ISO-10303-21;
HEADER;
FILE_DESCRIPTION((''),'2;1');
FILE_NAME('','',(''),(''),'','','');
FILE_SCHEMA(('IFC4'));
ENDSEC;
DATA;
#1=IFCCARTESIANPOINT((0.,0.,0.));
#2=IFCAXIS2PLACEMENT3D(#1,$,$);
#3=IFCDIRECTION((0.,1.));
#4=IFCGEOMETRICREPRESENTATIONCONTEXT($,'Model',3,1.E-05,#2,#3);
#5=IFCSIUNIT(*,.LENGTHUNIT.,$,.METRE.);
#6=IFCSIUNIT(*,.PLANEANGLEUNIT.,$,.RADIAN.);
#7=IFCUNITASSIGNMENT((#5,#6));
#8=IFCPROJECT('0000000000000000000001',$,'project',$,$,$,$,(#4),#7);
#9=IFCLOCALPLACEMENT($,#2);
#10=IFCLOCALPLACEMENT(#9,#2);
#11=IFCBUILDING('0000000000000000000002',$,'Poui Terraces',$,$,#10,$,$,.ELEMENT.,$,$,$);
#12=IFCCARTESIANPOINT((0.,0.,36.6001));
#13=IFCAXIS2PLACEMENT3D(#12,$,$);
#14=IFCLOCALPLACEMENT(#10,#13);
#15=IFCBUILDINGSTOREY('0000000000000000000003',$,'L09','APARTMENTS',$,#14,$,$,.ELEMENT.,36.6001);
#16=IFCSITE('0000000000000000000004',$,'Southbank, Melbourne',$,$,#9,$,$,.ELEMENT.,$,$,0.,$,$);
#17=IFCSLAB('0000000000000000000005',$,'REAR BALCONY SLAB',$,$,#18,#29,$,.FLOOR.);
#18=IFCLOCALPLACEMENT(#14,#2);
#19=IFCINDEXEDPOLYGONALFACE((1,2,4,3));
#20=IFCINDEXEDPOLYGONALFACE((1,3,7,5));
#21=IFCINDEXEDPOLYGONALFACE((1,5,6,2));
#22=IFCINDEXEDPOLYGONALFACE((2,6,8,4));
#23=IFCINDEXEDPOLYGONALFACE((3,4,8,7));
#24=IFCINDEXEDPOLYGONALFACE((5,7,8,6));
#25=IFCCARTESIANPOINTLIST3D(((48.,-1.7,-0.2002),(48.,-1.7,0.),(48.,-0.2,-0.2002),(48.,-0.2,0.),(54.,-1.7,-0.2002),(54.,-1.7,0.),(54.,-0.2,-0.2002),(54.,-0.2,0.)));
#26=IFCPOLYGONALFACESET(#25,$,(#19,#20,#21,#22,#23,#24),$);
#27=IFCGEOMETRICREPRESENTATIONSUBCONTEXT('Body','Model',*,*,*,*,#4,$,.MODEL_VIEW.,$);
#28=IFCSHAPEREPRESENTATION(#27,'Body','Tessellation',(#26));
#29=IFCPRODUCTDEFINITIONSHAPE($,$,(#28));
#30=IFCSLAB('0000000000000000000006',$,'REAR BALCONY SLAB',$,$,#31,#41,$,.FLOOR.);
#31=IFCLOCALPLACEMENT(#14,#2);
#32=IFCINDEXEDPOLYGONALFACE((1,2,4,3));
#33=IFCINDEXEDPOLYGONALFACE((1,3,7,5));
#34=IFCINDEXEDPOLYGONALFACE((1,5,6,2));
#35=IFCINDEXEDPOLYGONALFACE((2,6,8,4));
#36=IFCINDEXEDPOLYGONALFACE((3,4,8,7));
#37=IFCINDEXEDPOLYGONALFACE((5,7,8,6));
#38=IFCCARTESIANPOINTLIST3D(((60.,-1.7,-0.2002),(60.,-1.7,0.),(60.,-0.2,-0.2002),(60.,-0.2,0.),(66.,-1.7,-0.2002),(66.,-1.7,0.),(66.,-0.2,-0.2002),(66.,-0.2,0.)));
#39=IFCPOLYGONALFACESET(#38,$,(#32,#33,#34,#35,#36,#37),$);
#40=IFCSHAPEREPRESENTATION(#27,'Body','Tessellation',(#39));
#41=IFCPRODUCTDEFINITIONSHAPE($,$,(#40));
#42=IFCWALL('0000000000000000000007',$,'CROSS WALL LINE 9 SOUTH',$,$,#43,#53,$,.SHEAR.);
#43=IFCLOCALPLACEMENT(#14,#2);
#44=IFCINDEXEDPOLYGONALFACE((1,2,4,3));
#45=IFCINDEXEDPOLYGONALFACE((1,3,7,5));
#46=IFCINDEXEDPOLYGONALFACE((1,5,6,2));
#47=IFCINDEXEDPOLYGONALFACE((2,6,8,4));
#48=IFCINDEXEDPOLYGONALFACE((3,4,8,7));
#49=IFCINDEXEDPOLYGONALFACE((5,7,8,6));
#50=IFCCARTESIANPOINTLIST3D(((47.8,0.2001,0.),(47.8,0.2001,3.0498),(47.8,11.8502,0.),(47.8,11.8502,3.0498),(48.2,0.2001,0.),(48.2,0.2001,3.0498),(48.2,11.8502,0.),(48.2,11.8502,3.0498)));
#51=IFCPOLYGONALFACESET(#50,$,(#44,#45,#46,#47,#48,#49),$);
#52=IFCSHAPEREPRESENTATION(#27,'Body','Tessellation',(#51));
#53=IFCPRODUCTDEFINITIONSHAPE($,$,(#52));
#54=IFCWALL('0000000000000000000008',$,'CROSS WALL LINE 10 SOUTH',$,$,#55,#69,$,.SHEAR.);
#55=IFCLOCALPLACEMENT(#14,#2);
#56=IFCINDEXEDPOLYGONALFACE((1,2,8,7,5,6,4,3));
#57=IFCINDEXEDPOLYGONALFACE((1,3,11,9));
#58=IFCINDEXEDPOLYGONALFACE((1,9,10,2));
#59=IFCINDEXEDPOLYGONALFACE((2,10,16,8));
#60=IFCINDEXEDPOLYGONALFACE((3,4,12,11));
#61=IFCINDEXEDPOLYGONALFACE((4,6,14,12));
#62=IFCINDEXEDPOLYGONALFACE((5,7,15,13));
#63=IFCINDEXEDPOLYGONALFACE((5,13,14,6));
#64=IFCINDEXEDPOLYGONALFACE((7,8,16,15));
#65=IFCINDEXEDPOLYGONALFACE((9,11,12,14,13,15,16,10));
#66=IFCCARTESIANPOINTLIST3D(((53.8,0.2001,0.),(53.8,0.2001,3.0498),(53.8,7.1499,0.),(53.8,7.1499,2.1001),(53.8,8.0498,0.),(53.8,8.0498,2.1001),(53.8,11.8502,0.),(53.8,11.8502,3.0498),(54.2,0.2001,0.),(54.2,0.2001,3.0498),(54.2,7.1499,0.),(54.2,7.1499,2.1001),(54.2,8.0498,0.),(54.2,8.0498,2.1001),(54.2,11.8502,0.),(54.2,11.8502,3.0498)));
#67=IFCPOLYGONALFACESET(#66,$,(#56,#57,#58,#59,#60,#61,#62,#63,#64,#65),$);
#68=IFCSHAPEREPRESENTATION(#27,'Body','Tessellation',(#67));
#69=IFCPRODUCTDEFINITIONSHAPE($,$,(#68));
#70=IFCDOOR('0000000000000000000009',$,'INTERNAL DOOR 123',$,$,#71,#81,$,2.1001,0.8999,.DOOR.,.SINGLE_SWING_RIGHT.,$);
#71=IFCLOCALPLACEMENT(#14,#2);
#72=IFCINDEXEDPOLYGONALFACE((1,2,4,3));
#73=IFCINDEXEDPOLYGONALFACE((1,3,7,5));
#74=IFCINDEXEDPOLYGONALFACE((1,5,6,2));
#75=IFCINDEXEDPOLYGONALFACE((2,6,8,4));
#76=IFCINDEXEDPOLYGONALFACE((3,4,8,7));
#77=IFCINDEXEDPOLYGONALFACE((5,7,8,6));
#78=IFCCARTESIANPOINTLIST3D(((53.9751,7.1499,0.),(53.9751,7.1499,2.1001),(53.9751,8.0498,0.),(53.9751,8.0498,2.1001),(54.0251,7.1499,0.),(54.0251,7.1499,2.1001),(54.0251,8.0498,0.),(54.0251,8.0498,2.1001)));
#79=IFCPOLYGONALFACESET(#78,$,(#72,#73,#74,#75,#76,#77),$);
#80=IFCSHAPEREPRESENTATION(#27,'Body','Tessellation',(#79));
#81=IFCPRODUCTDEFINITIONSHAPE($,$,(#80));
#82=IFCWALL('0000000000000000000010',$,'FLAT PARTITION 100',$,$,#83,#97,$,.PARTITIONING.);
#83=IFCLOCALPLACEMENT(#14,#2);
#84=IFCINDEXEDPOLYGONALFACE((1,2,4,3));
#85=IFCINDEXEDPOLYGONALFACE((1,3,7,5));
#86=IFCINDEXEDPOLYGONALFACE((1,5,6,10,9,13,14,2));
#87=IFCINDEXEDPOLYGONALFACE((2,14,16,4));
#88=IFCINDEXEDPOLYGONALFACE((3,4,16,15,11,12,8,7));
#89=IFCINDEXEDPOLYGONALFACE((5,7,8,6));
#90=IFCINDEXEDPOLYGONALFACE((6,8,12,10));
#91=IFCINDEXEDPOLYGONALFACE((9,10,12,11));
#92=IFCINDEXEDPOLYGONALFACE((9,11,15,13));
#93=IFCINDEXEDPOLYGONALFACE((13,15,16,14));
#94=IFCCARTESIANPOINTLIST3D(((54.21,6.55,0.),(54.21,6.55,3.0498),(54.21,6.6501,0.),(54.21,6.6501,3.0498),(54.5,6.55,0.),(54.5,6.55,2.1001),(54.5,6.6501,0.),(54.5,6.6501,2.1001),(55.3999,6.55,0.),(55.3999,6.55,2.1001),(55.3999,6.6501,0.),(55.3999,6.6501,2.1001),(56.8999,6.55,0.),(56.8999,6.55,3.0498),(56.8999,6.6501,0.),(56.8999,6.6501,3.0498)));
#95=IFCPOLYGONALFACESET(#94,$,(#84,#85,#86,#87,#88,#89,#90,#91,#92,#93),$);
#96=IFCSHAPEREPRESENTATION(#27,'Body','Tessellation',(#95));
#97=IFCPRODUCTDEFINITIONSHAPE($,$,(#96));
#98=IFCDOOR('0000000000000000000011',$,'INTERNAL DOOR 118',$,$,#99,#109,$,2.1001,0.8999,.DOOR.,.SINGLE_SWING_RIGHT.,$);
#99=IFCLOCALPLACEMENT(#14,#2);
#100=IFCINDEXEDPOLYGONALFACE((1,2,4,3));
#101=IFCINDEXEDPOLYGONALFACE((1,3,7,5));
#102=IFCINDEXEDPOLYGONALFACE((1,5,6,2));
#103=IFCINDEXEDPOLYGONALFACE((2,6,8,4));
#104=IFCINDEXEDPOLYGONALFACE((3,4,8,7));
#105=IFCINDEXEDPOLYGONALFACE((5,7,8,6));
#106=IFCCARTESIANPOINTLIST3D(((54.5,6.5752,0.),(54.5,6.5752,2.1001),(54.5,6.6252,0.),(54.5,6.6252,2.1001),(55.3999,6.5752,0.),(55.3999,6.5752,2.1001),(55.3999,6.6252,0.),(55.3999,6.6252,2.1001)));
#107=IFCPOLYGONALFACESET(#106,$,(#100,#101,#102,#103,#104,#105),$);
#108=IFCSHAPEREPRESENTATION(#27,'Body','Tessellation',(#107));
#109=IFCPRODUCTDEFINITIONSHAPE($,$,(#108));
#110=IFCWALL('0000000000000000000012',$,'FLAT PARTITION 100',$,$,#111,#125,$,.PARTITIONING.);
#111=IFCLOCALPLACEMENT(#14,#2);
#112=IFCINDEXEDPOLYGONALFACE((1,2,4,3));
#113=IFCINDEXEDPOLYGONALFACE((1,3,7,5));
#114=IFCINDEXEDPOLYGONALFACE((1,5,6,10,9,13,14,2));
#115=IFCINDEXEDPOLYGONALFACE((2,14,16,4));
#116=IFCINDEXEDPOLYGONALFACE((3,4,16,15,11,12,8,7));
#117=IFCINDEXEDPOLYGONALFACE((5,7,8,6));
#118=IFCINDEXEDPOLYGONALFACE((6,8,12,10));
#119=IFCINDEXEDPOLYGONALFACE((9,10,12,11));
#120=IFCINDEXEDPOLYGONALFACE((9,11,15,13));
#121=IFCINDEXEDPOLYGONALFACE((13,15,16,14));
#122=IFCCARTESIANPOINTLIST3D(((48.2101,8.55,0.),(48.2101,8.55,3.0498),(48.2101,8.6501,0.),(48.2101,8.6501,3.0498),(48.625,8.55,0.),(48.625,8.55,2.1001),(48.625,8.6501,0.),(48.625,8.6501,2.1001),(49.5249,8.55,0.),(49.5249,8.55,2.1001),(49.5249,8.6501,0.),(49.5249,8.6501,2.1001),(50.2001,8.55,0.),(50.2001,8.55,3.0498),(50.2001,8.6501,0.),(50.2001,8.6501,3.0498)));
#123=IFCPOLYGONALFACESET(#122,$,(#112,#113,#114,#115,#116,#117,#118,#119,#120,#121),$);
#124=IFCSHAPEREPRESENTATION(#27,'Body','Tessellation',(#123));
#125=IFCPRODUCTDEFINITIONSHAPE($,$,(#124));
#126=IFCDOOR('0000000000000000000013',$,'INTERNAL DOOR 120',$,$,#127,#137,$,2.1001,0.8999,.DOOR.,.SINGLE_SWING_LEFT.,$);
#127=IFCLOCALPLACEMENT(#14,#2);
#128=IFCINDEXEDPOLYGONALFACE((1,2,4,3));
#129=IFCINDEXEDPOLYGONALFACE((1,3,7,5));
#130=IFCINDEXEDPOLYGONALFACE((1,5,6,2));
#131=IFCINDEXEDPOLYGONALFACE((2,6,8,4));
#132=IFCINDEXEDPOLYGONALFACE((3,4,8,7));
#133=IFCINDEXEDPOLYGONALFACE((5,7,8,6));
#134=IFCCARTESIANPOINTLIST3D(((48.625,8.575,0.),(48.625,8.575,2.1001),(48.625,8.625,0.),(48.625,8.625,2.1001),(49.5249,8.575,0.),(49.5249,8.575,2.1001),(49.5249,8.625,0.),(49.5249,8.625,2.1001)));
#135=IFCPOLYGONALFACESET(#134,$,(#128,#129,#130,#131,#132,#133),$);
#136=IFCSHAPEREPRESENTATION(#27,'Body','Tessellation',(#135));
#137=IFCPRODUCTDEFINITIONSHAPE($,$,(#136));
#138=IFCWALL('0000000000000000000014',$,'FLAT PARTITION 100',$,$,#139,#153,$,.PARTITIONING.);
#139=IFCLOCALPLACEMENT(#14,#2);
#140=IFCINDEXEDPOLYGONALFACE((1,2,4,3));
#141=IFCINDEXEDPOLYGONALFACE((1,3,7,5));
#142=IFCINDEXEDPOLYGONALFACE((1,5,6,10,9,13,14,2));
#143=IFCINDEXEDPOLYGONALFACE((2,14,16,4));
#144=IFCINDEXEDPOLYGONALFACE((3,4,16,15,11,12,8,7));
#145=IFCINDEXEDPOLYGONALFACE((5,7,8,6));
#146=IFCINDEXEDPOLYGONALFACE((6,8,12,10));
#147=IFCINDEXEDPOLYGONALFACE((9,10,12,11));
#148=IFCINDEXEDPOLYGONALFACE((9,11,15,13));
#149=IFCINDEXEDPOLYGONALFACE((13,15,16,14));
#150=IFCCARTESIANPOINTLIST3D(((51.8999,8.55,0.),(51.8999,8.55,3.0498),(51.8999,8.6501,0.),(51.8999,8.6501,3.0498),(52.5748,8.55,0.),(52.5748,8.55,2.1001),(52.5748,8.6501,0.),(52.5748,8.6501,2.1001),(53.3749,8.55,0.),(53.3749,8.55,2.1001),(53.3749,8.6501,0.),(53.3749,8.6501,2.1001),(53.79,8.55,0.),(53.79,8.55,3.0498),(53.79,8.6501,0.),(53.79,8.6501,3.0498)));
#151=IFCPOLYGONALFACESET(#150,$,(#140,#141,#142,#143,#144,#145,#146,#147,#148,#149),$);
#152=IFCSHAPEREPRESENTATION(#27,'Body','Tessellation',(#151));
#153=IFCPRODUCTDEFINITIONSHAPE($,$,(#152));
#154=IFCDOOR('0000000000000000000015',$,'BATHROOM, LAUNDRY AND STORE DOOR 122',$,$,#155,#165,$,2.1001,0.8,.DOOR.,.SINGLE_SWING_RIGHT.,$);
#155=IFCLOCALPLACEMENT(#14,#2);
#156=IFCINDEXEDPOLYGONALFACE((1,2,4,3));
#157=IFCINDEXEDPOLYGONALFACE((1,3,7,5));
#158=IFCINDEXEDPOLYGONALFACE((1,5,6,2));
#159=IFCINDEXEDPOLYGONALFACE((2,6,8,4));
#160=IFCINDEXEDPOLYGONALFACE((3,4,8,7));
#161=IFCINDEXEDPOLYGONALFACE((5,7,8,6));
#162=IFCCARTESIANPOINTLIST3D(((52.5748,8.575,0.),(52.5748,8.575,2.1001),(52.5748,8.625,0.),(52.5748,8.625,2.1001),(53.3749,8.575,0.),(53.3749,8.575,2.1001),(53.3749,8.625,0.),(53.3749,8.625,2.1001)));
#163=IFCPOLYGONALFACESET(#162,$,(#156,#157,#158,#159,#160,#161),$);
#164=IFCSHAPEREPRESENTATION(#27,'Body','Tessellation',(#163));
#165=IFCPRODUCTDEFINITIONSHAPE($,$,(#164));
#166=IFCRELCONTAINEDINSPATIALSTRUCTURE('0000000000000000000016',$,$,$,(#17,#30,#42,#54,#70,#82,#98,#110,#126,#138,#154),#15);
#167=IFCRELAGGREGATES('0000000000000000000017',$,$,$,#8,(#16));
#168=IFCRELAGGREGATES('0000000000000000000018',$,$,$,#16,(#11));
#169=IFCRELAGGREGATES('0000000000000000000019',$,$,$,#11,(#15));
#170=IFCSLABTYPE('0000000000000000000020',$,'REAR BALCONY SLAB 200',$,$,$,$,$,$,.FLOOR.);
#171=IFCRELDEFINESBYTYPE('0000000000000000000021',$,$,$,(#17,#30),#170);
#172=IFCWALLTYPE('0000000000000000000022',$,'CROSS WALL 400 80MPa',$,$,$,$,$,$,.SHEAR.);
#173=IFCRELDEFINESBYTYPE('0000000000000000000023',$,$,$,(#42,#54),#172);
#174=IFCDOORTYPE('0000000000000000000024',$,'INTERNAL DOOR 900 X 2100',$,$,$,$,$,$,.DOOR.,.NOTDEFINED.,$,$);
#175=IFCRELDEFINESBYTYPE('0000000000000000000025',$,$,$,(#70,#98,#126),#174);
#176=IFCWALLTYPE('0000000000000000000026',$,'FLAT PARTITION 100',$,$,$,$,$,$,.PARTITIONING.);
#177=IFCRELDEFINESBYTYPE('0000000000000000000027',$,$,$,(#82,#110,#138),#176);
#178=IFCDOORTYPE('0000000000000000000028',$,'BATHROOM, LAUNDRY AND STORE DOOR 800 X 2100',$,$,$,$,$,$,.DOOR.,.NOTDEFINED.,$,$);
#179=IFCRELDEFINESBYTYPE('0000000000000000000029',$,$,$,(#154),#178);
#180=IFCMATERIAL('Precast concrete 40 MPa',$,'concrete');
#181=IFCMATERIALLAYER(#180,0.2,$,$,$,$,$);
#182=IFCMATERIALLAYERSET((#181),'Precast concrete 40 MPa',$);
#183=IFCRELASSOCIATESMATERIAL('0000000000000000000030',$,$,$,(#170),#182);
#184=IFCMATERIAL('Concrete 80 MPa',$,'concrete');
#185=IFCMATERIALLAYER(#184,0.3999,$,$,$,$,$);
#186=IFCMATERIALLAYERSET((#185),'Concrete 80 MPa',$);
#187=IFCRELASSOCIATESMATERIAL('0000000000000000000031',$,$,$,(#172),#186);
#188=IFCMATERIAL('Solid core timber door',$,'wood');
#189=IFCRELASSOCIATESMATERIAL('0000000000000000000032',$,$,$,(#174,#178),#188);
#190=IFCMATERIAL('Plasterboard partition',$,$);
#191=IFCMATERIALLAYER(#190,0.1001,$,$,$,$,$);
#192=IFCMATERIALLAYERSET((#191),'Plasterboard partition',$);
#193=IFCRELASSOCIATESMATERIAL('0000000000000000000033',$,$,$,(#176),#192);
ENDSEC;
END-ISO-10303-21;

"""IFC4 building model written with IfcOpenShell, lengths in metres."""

from ifc_helpers import new_model, si_unit, direction, frame, frame_2d, origin, place, context, subcontext, project, spatial, polyline, rectangle, outline, extrude, source, transform, mapped, material, layer, layer_set, type_object, element, fill, save


model = new_model("IFC4")

# Units and contexts
model_context = context("Model", 3, precision=1e-05, world=origin(), true_north=direction((0.0, 1.0)))
body_context = subcontext(model_context, "Body", "Model", "MODEL_VIEW")
ifc_project = project(units=[si_unit("LENGTHUNIT", "METRE"), si_unit("PLANEANGLEUNIT", "RADIAN")], contexts=[model_context])

# Site, building, storey
site_placement = place(None, origin())
site = spatial("IfcSite", under=ifc_project, at=site_placement, Name="Southbank, Melbourne", CompositionType="ELEMENT", RefElevation=0.0)
building_placement = place(site_placement, origin())
building = spatial("IfcBuilding", under=site, at=building_placement, Name="Poui Terraces", CompositionType="ELEMENT")
storey_placement = place(building_placement, frame((0.0, 0.0, 36.6001)))
storey = spatial("IfcBuildingStorey", under=building, at=storey_placement, Name="L09", Description="APARTMENTS", CompositionType="ELEMENT", Elevation=36.6001)

# Slabs
ifc_material_1 = material(Name="Precast concrete 40 MPa", Category="concrete")
ifc_layer_1 = layer(ifc_material_1, 0.2)
ifc_layer_set_1 = layer_set([ifc_layer_1], Name="Precast concrete 40 MPa")
slab_type = type_object("IfcSlabType", Name="REAR BALCONY SLAB 200", PredefinedType="FLOOR", material=ifc_layer_set_1)
shared_shape_1 = source(origin(), body_context, "Body", "SweptSolid", [
    extrude(outline(polyline([(0.0, 0.0), (6.0, 0.0), (6.0, 1.5), (0.0, 1.5), (0.0, 0.0)])), origin(), (0.0, 0.0, 1.0), 0.2002),
])
for number, where, name in (
    (1, (48.0, -1.7, -0.2002), "REAR BALCONY SLAB"),
    (2, (60.0, -1.7, -0.2002), "REAR BALCONY SLAB"),
):
    element("IfcSlab", number, at=place(storey_placement, frame(where)), inside=storey, type_object=slab_type, Name=name, PredefinedType="FLOOR", context=body_context, shape_type="MappedRepresentation", body=[
        mapped(shared_shape_1, transform((0.0, 0.0, 0.0))),
    ])

# Wall
ifc_material_2 = material(Name="Concrete 80 MPa", Category="concrete")
ifc_layer_2 = layer(ifc_material_2, 0.3999)
ifc_layer_set_2 = layer_set([ifc_layer_2], Name="Concrete 80 MPa")
wall_type_1 = type_object("IfcWallType", Name="CROSS WALL 400 80MPa", PredefinedType="SHEAR", material=ifc_layer_set_2)
wall_1_placement = place(storey_placement, frame((48.0, 0.2, 0.0), z_axis=(0.0, 0.0, 1.0), x_axis=(0.0, 1.0, 0.0)))
element("IfcWall", 3, at=wall_1_placement, inside=storey, type_object=wall_type_1, Name="CROSS WALL LINE 9 SOUTH", PredefinedType="SHEAR", context=body_context, shape_type="SweptSolid", body=[
    extrude(rectangle(XDim=11.6501, YDim=0.3999, at=frame_2d((5.8252, 0.0))), origin(), (0.0, 0.0, 1.0), 3.0498),
])

# Walls, openings, doors
wall_2_placement = place(storey_placement, frame((54.0, 0.2, 0.0), z_axis=(0.0, 0.0, 1.0), x_axis=(0.0, 1.0, 0.0)))
wall_2 = element("IfcWall", 4, at=wall_2_placement, inside=storey, type_object=wall_type_1, Name="CROSS WALL LINE 10 SOUTH", PredefinedType="SHEAR", context=body_context, shape_type="SweptSolid", body=[
    extrude(rectangle(XDim=11.6501, YDim=0.3999, at=frame_2d((5.8252, 0.0))), origin(), (0.0, 0.0, 1.0), 3.0498),
])
opening_1_placement = place(wall_2_placement, frame((6.95, 0.0, 0.0)))
opening_1 = element("IfcOpeningElement", 5, at=opening_1_placement, cuts=wall_2, PredefinedType="OPENING", context=body_context, shape_type="SweptSolid", body=[
    extrude(rectangle(XDim=0.8999, YDim=2.1001, at=frame_2d((0.45, 1.05))), frame((0.0, 0.21, 0.0), z_axis=(0.0, -1.0, 0.0), x_axis=(1.0, 0.0, 0.0)), (0.0, 0.0, 1.0), 0.4199),
])
ifc_material_3 = material(Name="Solid core timber door", Category="wood")
door_type_1 = type_object("IfcDoorType", Name="INTERNAL DOOR 900 X 2100", OperationType="NOTDEFINED", PredefinedType="DOOR", material=ifc_material_3)
door_1_placement = place(opening_1_placement, origin())
door_1 = element("IfcDoor", 6, at=door_1_placement, inside=storey, type_object=door_type_1, Name="INTERNAL DOOR 123", OperationType="SINGLE_SWING_RIGHT", OverallHeight=2.1001, OverallWidth=0.8999, PredefinedType="DOOR", context=body_context, shape_type="SweptSolid", body=[
    extrude(rectangle(XDim=0.8999, YDim=2.1001, at=frame_2d((0.45, 1.05))), frame((0.0, 0.0249, 0.0), z_axis=(0.0, -1.0, 0.0), x_axis=(1.0, 0.0, 0.0)), (0.0, 0.0, 1.0), 0.05),
])
fill(opening_1, door_1)
ifc_material_4 = material(Name="Plasterboard partition")
ifc_layer_3 = layer(ifc_material_4, 0.1001)
ifc_layer_set_3 = layer_set([ifc_layer_3], Name="Plasterboard partition")
wall_type_2 = type_object("IfcWallType", Name="FLAT PARTITION 100", PredefinedType="PARTITIONING", material=ifc_layer_set_3)
wall_3_placement = place(storey_placement, frame((54.21, 6.6001, 0.0), z_axis=(0.0, 0.0, 1.0), x_axis=(1.0, 0.0, 0.0)))
wall_3 = element("IfcWall", 7, at=wall_3_placement, inside=storey, type_object=wall_type_2, Name="FLAT PARTITION 100", PredefinedType="PARTITIONING", context=body_context, shape_type="SweptSolid", body=[
    extrude(rectangle(XDim=2.6899, YDim=0.1001, at=frame_2d((1.345, 0.0))), origin(), (0.0, 0.0, 1.0), 3.0498),
])
opening_2_placement = place(wall_3_placement, frame((0.29, 0.0, 0.0)))
opening_2 = element("IfcOpeningElement", 8, at=opening_2_placement, cuts=wall_3, PredefinedType="OPENING", context=body_context, shape_type="SweptSolid", body=[
    extrude(rectangle(XDim=0.8999, YDim=2.1001, at=frame_2d((0.45, 1.05))), frame((0.0, 0.0601, 0.0), z_axis=(0.0, -1.0, 0.0), x_axis=(1.0, 0.0, 0.0)), (0.0, 0.0, 1.0), 0.1201),
])
door_2_placement = place(opening_2_placement, frame((0.8999, 0.0, 0.0), z_axis=(0.0, 0.0, 1.0), x_axis=(-1.0, 0.0, 0.0)))
door_2 = element("IfcDoor", 9, at=door_2_placement, inside=storey, type_object=door_type_1, Name="INTERNAL DOOR 118", OperationType="SINGLE_SWING_RIGHT", OverallHeight=2.1001, OverallWidth=0.8999, PredefinedType="DOOR", context=body_context, shape_type="SweptSolid", body=[
    extrude(rectangle(XDim=0.8999, YDim=2.1001, at=frame_2d((0.45, 1.05))), frame((0.0, 0.0249, 0.0), z_axis=(0.0, -1.0, 0.0), x_axis=(1.0, 0.0, 0.0)), (0.0, 0.0, 1.0), 0.05),
])
fill(opening_2, door_2)
wall_4_placement = place(storey_placement, frame((48.21, 8.6001, 0.0), z_axis=(0.0, 0.0, 1.0), x_axis=(1.0, 0.0, 0.0)))
wall_4 = element("IfcWall", 10, at=wall_4_placement, inside=storey, type_object=wall_type_2, Name="FLAT PARTITION 100", PredefinedType="PARTITIONING", context=body_context, shape_type="SweptSolid", body=[
    extrude(rectangle(XDim=1.99, YDim=0.1001, at=frame_2d((0.9951, 0.0))), origin(), (0.0, 0.0, 1.0), 3.0498),
])
opening_3_placement = place(wall_4_placement, frame((0.415, 0.0, 0.0)))
opening_3 = element("IfcOpeningElement", 11, at=opening_3_placement, cuts=wall_4, PredefinedType="OPENING", context=body_context, shape_type="SweptSolid", body=[
    extrude(rectangle(XDim=0.8999, YDim=2.1001, at=frame_2d((0.45, 1.05))), frame((0.0, 0.0601, 0.0), z_axis=(0.0, -1.0, 0.0), x_axis=(1.0, 0.0, 0.0)), (0.0, 0.0, 1.0), 0.1201),
])
door_3_placement = place(opening_3_placement, origin())
door_3 = element("IfcDoor", 12, at=door_3_placement, inside=storey, type_object=door_type_1, Name="INTERNAL DOOR 120", OperationType="SINGLE_SWING_LEFT", OverallHeight=2.1001, OverallWidth=0.8999, PredefinedType="DOOR", context=body_context, shape_type="SweptSolid", body=[
    extrude(rectangle(XDim=0.8999, YDim=2.1001, at=frame_2d((0.45, 1.05))), frame((0.0, 0.0249, 0.0), z_axis=(0.0, -1.0, 0.0), x_axis=(1.0, 0.0, 0.0)), (0.0, 0.0, 1.0), 0.05),
])
fill(opening_3, door_3)
wall_5_placement = place(storey_placement, frame((51.8999, 8.6001, 0.0), z_axis=(0.0, 0.0, 1.0), x_axis=(1.0, 0.0, 0.0)))
wall_5 = element("IfcWall", 13, at=wall_5_placement, inside=storey, type_object=wall_type_2, Name="FLAT PARTITION 100", PredefinedType="PARTITIONING", context=body_context, shape_type="SweptSolid", body=[
    extrude(rectangle(XDim=1.8901, YDim=0.1001, at=frame_2d((0.9451, 0.0))), origin(), (0.0, 0.0, 1.0), 3.0498),
])
opening_4_placement = place(wall_5_placement, frame((0.675, 0.0, 0.0)))
opening_4 = element("IfcOpeningElement", 14, at=opening_4_placement, cuts=wall_5, PredefinedType="OPENING", context=body_context, shape_type="SweptSolid", body=[
    extrude(rectangle(XDim=0.8, YDim=2.1001, at=frame_2d((0.3999, 1.05))), frame((0.0, 0.0601, 0.0), z_axis=(0.0, -1.0, 0.0), x_axis=(1.0, 0.0, 0.0)), (0.0, 0.0, 1.0), 0.1201),
])
door_type_2 = type_object("IfcDoorType", Name="BATHROOM, LAUNDRY AND STORE DOOR 800 X 2100", OperationType="NOTDEFINED", PredefinedType="DOOR", material=ifc_material_3)
door_4_placement = place(opening_4_placement, origin())
door_4 = element("IfcDoor", 15, at=door_4_placement, inside=storey, type_object=door_type_2, Name="BATHROOM, LAUNDRY AND STORE DOOR 122", OperationType="SINGLE_SWING_RIGHT", OverallHeight=2.1001, OverallWidth=0.8, PredefinedType="DOOR", context=body_context, shape_type="SweptSolid", body=[
    extrude(rectangle(XDim=0.8, YDim=2.1001, at=frame_2d((0.3999, 1.05))), frame((0.0, 0.0249, 0.0), z_axis=(0.0, -1.0, 0.0), x_axis=(1.0, 0.0, 0.0)), (0.0, 0.0, 1.0), 0.05),
])
fill(opening_4, door_4)

save(model, "model.ifc")
